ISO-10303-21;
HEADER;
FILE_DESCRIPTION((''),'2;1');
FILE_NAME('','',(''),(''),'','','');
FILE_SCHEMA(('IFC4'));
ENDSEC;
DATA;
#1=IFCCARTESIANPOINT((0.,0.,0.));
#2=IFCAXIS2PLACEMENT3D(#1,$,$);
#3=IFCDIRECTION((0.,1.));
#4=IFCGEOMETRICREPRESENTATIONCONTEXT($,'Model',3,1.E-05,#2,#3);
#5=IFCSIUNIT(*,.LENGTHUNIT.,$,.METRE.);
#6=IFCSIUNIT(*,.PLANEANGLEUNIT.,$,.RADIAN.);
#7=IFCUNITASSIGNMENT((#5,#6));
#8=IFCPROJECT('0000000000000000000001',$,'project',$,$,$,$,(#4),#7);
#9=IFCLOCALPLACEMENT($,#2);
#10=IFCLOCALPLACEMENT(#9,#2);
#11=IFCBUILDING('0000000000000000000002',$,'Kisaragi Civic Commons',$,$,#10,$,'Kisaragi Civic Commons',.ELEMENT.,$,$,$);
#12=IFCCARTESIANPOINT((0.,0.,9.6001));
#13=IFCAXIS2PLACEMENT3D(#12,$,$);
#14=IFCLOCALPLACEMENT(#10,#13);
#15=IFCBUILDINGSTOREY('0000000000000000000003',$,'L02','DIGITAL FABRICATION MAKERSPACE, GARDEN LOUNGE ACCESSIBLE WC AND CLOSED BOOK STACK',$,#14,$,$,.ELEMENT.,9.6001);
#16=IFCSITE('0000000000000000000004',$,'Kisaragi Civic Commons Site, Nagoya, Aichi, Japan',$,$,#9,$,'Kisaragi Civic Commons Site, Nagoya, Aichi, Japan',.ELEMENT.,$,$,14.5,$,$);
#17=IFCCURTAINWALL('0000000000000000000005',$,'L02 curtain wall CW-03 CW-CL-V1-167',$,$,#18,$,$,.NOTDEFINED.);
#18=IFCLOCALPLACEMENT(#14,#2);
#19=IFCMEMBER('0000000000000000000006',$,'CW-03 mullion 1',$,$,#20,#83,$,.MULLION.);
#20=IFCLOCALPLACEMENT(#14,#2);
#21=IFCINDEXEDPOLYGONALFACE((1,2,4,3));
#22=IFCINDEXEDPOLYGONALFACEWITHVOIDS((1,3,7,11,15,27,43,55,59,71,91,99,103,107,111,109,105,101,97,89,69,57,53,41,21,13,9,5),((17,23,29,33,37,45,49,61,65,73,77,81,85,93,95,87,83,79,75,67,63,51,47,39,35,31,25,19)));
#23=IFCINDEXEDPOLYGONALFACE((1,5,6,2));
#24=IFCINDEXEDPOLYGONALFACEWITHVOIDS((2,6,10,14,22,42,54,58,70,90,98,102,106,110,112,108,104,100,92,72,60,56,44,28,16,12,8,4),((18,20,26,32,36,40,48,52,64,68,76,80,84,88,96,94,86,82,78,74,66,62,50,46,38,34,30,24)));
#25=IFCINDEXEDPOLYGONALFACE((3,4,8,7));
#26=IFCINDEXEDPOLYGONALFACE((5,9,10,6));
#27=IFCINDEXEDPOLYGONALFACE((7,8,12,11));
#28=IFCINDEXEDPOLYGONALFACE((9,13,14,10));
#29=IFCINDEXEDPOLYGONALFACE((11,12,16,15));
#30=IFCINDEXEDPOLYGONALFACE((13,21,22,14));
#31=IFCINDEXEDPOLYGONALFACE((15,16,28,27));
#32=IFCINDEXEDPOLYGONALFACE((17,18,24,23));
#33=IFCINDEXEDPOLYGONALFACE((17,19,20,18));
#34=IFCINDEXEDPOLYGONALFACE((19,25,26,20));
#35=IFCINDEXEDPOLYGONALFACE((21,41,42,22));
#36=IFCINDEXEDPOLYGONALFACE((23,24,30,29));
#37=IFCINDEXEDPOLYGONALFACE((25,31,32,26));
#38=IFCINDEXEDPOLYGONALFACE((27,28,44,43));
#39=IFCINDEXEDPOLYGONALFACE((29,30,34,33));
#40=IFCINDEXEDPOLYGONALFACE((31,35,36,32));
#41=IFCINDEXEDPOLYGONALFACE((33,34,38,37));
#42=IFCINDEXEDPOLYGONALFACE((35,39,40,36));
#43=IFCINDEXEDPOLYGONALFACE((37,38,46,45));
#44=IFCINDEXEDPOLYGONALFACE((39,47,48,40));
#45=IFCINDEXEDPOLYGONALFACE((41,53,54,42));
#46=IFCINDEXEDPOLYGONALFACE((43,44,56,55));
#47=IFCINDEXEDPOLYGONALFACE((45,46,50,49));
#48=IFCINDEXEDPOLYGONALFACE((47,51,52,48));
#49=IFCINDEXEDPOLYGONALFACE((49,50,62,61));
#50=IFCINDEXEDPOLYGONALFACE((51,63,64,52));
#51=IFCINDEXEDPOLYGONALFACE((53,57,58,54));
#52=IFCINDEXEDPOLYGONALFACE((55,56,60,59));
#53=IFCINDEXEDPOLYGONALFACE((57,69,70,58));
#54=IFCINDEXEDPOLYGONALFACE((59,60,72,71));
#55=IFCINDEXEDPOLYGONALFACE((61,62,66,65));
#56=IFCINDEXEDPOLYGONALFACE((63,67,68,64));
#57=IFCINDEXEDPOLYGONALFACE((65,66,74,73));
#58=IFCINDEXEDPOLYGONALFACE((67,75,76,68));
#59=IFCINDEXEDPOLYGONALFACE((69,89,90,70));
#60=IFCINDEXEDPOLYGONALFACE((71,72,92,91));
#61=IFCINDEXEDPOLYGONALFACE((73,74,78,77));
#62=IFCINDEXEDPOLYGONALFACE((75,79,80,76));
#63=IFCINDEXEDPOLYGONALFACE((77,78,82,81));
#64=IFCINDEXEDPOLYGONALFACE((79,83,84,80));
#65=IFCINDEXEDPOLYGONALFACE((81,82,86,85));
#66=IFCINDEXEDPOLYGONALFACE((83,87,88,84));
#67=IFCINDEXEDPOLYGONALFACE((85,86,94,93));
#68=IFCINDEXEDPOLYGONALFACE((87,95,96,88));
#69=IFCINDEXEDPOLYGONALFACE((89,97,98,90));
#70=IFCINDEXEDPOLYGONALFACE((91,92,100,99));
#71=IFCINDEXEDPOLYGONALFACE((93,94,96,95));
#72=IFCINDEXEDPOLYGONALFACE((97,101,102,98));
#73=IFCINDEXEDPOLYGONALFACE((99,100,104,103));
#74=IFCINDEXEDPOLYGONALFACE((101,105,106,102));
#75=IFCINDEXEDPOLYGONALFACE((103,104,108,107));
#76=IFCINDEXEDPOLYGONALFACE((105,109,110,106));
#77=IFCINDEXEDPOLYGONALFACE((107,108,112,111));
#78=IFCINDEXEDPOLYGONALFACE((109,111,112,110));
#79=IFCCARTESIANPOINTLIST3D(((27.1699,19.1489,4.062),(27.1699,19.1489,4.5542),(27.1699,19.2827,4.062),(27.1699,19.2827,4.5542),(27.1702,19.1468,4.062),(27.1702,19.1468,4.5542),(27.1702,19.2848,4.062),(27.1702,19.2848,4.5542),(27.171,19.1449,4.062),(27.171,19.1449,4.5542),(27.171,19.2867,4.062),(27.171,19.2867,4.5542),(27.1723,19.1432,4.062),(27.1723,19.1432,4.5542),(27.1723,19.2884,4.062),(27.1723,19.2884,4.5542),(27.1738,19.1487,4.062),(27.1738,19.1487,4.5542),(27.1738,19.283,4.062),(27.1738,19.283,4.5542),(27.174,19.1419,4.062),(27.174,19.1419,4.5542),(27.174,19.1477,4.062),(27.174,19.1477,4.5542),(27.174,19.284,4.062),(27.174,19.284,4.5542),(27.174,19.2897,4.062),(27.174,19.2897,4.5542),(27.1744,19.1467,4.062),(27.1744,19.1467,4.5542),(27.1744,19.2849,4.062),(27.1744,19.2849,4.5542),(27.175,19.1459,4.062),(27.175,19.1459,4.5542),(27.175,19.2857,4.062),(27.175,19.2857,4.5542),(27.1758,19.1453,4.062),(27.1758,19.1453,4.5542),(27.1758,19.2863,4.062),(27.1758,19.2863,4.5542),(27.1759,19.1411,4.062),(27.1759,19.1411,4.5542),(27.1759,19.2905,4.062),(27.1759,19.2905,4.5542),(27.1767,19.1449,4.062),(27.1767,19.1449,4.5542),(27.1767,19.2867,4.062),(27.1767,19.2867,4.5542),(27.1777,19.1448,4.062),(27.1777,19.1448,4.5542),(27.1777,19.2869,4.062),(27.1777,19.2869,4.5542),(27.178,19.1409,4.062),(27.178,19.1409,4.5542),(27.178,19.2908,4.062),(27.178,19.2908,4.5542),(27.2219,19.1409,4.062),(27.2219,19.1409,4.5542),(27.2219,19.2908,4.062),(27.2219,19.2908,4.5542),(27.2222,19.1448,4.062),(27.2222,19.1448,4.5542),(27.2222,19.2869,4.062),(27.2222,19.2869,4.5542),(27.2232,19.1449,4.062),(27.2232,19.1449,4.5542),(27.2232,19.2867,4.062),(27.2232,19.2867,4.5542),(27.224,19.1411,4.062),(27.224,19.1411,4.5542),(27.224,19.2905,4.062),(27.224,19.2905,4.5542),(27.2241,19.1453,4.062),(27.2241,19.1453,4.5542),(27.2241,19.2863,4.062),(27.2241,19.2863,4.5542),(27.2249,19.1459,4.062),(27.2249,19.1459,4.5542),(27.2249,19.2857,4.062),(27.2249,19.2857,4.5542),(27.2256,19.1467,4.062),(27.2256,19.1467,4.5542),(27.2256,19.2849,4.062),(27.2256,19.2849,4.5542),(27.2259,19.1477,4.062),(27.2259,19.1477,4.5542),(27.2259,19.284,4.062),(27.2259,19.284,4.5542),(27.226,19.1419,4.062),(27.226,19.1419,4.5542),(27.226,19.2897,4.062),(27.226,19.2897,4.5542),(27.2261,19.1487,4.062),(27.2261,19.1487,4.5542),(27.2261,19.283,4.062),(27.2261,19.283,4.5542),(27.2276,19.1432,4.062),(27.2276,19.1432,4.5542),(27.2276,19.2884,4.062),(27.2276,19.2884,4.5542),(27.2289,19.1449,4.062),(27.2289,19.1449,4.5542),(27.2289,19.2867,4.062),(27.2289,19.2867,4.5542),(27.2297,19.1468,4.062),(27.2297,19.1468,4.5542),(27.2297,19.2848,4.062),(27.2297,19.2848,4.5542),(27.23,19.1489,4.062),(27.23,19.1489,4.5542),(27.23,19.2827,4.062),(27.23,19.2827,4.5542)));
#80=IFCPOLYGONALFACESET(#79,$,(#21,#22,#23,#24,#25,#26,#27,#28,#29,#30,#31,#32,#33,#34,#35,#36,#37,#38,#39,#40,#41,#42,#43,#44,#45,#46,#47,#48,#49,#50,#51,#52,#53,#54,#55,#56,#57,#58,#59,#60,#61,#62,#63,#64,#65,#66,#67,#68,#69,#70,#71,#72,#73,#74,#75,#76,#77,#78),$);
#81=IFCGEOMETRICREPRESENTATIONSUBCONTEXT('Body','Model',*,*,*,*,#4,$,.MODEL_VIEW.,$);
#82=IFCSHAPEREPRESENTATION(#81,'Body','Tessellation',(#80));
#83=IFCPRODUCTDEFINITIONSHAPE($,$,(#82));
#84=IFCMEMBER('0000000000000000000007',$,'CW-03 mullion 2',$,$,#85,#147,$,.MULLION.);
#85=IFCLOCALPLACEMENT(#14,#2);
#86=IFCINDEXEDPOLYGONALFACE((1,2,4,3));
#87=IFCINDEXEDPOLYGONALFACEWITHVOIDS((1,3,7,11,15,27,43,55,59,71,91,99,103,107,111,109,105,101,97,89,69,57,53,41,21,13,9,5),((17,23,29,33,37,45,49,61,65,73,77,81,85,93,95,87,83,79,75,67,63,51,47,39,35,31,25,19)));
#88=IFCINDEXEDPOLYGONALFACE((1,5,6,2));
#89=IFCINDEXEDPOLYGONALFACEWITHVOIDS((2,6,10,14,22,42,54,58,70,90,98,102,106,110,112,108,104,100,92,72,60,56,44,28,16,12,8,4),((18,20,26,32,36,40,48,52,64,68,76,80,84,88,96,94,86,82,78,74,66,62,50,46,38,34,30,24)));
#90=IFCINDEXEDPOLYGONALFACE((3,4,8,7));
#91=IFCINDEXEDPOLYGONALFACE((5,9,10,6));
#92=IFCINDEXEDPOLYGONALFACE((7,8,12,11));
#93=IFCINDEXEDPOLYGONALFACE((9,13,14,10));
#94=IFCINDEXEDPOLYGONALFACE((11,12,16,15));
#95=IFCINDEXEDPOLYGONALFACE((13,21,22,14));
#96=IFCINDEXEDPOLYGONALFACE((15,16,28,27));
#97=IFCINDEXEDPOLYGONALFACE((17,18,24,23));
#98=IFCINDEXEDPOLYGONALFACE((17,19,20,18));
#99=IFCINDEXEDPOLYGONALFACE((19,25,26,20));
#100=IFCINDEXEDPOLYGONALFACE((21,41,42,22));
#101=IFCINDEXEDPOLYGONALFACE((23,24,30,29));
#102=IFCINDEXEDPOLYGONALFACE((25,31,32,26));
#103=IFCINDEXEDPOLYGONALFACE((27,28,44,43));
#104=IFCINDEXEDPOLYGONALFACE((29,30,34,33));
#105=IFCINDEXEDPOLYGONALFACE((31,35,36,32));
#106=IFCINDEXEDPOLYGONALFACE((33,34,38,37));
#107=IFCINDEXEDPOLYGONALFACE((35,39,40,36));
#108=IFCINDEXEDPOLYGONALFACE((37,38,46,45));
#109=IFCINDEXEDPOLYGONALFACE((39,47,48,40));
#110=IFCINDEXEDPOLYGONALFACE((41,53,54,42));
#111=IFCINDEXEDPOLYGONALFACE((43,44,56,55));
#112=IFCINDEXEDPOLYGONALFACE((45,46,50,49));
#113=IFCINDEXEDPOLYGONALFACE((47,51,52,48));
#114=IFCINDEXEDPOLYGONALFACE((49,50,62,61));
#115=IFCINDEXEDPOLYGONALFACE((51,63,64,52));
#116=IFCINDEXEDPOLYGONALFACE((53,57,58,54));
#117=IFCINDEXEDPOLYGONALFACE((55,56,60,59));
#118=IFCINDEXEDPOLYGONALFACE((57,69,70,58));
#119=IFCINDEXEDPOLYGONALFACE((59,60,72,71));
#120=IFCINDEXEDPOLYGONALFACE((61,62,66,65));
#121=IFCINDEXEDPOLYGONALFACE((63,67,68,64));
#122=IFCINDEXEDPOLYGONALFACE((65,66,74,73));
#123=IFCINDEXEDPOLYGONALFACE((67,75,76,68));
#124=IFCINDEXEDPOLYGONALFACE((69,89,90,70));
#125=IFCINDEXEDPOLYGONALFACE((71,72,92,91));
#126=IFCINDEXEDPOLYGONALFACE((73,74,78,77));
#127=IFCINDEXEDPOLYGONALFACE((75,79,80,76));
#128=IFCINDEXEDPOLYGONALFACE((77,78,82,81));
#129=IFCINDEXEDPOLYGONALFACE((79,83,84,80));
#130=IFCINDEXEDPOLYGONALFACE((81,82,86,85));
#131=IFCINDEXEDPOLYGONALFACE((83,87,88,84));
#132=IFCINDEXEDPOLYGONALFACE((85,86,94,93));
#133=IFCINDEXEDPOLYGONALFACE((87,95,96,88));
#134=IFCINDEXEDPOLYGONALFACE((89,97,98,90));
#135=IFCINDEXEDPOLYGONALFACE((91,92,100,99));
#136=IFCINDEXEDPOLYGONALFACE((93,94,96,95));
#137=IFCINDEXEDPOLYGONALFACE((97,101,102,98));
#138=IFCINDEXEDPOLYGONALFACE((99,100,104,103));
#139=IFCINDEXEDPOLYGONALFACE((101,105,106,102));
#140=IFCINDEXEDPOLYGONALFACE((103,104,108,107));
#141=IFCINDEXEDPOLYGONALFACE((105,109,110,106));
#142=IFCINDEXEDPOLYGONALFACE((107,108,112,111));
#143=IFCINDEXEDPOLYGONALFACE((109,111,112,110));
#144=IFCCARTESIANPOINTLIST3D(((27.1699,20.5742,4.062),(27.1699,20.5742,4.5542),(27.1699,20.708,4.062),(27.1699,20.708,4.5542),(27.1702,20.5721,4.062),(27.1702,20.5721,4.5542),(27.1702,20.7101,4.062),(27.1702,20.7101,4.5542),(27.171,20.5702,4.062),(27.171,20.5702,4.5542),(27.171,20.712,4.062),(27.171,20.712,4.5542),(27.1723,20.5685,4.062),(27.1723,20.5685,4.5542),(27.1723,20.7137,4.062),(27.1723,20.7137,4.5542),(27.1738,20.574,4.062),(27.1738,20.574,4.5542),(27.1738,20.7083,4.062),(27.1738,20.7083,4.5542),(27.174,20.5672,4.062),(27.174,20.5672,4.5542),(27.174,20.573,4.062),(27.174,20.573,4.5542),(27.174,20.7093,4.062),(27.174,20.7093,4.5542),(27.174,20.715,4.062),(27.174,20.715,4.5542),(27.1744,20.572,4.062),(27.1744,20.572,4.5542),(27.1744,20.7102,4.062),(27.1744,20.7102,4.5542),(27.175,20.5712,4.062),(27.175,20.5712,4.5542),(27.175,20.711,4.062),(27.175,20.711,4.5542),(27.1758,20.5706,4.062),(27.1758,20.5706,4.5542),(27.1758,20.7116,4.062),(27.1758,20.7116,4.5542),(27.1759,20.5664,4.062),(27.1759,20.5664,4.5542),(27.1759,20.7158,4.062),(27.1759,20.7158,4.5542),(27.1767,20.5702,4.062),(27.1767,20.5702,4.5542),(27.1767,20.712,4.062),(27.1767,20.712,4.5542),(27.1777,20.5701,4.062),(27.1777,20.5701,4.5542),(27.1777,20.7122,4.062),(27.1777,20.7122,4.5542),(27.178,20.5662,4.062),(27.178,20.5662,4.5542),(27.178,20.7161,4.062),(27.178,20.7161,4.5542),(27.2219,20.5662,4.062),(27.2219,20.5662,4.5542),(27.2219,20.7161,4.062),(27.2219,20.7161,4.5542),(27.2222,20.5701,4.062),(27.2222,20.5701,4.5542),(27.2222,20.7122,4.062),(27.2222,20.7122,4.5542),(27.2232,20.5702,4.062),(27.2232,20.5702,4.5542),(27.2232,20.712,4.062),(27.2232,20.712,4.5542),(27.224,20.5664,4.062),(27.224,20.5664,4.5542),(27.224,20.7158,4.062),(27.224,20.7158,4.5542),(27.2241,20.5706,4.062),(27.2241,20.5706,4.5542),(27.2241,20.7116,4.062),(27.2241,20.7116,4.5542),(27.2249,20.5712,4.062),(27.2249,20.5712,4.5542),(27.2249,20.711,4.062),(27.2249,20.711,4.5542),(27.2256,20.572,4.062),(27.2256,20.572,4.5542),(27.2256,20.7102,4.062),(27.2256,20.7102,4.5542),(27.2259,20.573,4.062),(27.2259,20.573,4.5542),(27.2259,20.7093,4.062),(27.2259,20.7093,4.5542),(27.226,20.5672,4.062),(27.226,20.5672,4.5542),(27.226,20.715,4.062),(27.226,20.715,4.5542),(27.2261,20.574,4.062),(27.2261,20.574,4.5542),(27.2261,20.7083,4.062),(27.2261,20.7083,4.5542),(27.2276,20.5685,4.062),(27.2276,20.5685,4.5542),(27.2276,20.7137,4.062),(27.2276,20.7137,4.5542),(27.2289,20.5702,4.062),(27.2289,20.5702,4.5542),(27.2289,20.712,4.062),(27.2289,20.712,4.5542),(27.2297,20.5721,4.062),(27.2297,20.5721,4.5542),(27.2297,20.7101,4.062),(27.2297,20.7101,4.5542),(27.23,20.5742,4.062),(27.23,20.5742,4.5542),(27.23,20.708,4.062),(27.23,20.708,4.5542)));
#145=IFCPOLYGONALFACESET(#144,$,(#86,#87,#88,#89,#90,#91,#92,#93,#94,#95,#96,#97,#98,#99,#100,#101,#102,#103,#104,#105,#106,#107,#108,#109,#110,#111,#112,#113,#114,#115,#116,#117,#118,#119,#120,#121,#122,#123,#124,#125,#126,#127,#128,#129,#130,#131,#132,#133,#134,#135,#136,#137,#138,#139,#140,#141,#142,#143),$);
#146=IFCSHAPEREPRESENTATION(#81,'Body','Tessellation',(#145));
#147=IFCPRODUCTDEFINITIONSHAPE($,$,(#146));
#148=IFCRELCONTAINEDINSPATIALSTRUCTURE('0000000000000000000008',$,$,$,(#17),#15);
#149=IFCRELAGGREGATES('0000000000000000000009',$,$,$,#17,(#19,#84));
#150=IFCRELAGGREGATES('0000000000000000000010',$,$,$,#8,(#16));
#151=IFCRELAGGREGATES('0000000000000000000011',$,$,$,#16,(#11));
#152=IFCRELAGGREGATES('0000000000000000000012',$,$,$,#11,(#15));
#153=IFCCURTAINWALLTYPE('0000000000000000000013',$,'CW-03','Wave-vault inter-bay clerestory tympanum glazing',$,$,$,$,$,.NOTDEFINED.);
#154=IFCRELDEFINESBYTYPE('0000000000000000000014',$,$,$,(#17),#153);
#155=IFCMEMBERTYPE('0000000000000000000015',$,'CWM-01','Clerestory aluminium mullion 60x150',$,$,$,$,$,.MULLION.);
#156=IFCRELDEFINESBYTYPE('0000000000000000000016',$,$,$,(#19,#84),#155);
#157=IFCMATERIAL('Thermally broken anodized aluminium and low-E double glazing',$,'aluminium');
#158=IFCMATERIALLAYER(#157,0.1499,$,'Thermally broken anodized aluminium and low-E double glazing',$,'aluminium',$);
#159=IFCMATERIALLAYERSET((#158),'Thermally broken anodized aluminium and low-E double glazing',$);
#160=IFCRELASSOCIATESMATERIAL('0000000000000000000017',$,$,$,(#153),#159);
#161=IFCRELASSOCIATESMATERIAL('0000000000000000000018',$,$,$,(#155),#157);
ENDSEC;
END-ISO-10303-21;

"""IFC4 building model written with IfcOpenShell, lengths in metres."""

from ifc_helpers import new_model, si_unit, direction, frame, origin, origin_2d, place, context, subcontext, project, spatial, hollow_rectangle, extrude, material, layer, layer_set, material_profile, profile_set, type_object, element, aggregate, save


model = new_model("IFC4")

# Units and contexts
model_context = context("Model", 3, precision=1e-05, world=origin(), true_north=direction((0.0, 1.0)))
body_context = subcontext(model_context, "Body", "Model", "MODEL_VIEW")
ifc_project = project(units=[si_unit("LENGTHUNIT", "METRE"), si_unit("PLANEANGLEUNIT", "RADIAN")], contexts=[model_context])

# Site, building, storey
site_placement = place(None, origin())
site = spatial("IfcSite", under=ifc_project, at=site_placement, Name="Kisaragi Civic Commons Site, Nagoya, Aichi, Japan", LongName="Kisaragi Civic Commons Site, Nagoya, Aichi, Japan", CompositionType="ELEMENT", RefElevation=14.5)
building_placement = place(site_placement, origin())
building = spatial("IfcBuilding", under=site, at=building_placement, Name="Kisaragi Civic Commons", LongName="Kisaragi Civic Commons", CompositionType="ELEMENT")
storey_placement = place(building_placement, frame((0.0, 0.0, 9.6001)))
storey = spatial("IfcBuildingStorey", under=building, at=storey_placement, Name="L02", Description="DIGITAL FABRICATION MAKERSPACE, GARDEN LOUNGE ACCESSIBLE WC AND CLOSED BOOK STACK", CompositionType="ELEMENT", Elevation=9.6001)

# Curtain wall, members
ifc_material_1 = material(Name="Thermally broken anodized aluminium and low-E double glazing", Category="aluminium")
ifc_layer_1 = layer(ifc_material_1, 0.1499, Name="Thermally broken anodized aluminium and low-E double glazing", Category="aluminium")
ifc_layer_set_1 = layer_set([ifc_layer_1], Name="Thermally broken anodized aluminium and low-E double glazing")
curtain_wall_type = type_object("IfcCurtainWallType", Name="CW-03", Description="Wave-vault inter-bay clerestory tympanum glazing", PredefinedType="NOTDEFINED", material=ifc_layer_set_1)
curtain_wall_1_placement = place(storey_placement, origin())
curtain_wall_1 = element("IfcCurtainWall", 1, at=curtain_wall_1_placement, inside=storey, type_object=curtain_wall_type, Name="L02 curtain wall CW-03 CW-CL-V1-167", PredefinedType="NOTDEFINED")
ifc_material_profile_1 = material_profile(ifc_material_1, hollow_rectangle(XDim=0.0601, YDim=0.1499, WallThickness=0.0039, InnerFilletRadius=0.0039, OuterFilletRadius=0.0081, at=origin_2d()), Name="CWM-60x150x4", Category="aluminium")
ifc_profile_set_1 = profile_set([ifc_material_profile_1], Name="Thermally broken anodized aluminium and low-E double glazing")
member_type_1 = type_object("IfcMemberType", Name="CWM-01", Description="Clerestory aluminium mullion 60x150", PredefinedType="MULLION", material=ifc_profile_set_1)
member_1_placement = place(storey_placement, frame((27.2, 19.2158, 4.062), z_axis=(0.0, 0.0, 1.0), x_axis=(-1.0, 0.0, 0.0)))
member_1 = element("IfcMember", 2, at=member_1_placement, type_object=member_type_1, Name="CW-03 mullion 1", PredefinedType="MULLION", context=body_context, shape_type="SweptSolid", body=[
    extrude(hollow_rectangle(XDim=0.0601, YDim=0.1499, WallThickness=0.0039, InnerFilletRadius=0.0039, OuterFilletRadius=0.0081, at=origin_2d()), origin(), (0.0, 0.0, 1.0), 0.4922),
])
member_2_placement = place(storey_placement, frame((27.2, 20.6411, 4.062), z_axis=(0.0, 0.0, 1.0), x_axis=(-1.0, 0.0, 0.0)))
member_2 = element("IfcMember", 3, at=member_2_placement, type_object=member_type_1, Name="CW-03 mullion 2", PredefinedType="MULLION", context=body_context, shape_type="SweptSolid", body=[
    extrude(hollow_rectangle(XDim=0.0601, YDim=0.1499, WallThickness=0.0039, InnerFilletRadius=0.0039, OuterFilletRadius=0.0081, at=origin_2d()), origin(), (0.0, 0.0, 1.0), 0.4922),
])

aggregate(curtain_wall_1, [member_1, member_2])

save(model, "model.ifc")
